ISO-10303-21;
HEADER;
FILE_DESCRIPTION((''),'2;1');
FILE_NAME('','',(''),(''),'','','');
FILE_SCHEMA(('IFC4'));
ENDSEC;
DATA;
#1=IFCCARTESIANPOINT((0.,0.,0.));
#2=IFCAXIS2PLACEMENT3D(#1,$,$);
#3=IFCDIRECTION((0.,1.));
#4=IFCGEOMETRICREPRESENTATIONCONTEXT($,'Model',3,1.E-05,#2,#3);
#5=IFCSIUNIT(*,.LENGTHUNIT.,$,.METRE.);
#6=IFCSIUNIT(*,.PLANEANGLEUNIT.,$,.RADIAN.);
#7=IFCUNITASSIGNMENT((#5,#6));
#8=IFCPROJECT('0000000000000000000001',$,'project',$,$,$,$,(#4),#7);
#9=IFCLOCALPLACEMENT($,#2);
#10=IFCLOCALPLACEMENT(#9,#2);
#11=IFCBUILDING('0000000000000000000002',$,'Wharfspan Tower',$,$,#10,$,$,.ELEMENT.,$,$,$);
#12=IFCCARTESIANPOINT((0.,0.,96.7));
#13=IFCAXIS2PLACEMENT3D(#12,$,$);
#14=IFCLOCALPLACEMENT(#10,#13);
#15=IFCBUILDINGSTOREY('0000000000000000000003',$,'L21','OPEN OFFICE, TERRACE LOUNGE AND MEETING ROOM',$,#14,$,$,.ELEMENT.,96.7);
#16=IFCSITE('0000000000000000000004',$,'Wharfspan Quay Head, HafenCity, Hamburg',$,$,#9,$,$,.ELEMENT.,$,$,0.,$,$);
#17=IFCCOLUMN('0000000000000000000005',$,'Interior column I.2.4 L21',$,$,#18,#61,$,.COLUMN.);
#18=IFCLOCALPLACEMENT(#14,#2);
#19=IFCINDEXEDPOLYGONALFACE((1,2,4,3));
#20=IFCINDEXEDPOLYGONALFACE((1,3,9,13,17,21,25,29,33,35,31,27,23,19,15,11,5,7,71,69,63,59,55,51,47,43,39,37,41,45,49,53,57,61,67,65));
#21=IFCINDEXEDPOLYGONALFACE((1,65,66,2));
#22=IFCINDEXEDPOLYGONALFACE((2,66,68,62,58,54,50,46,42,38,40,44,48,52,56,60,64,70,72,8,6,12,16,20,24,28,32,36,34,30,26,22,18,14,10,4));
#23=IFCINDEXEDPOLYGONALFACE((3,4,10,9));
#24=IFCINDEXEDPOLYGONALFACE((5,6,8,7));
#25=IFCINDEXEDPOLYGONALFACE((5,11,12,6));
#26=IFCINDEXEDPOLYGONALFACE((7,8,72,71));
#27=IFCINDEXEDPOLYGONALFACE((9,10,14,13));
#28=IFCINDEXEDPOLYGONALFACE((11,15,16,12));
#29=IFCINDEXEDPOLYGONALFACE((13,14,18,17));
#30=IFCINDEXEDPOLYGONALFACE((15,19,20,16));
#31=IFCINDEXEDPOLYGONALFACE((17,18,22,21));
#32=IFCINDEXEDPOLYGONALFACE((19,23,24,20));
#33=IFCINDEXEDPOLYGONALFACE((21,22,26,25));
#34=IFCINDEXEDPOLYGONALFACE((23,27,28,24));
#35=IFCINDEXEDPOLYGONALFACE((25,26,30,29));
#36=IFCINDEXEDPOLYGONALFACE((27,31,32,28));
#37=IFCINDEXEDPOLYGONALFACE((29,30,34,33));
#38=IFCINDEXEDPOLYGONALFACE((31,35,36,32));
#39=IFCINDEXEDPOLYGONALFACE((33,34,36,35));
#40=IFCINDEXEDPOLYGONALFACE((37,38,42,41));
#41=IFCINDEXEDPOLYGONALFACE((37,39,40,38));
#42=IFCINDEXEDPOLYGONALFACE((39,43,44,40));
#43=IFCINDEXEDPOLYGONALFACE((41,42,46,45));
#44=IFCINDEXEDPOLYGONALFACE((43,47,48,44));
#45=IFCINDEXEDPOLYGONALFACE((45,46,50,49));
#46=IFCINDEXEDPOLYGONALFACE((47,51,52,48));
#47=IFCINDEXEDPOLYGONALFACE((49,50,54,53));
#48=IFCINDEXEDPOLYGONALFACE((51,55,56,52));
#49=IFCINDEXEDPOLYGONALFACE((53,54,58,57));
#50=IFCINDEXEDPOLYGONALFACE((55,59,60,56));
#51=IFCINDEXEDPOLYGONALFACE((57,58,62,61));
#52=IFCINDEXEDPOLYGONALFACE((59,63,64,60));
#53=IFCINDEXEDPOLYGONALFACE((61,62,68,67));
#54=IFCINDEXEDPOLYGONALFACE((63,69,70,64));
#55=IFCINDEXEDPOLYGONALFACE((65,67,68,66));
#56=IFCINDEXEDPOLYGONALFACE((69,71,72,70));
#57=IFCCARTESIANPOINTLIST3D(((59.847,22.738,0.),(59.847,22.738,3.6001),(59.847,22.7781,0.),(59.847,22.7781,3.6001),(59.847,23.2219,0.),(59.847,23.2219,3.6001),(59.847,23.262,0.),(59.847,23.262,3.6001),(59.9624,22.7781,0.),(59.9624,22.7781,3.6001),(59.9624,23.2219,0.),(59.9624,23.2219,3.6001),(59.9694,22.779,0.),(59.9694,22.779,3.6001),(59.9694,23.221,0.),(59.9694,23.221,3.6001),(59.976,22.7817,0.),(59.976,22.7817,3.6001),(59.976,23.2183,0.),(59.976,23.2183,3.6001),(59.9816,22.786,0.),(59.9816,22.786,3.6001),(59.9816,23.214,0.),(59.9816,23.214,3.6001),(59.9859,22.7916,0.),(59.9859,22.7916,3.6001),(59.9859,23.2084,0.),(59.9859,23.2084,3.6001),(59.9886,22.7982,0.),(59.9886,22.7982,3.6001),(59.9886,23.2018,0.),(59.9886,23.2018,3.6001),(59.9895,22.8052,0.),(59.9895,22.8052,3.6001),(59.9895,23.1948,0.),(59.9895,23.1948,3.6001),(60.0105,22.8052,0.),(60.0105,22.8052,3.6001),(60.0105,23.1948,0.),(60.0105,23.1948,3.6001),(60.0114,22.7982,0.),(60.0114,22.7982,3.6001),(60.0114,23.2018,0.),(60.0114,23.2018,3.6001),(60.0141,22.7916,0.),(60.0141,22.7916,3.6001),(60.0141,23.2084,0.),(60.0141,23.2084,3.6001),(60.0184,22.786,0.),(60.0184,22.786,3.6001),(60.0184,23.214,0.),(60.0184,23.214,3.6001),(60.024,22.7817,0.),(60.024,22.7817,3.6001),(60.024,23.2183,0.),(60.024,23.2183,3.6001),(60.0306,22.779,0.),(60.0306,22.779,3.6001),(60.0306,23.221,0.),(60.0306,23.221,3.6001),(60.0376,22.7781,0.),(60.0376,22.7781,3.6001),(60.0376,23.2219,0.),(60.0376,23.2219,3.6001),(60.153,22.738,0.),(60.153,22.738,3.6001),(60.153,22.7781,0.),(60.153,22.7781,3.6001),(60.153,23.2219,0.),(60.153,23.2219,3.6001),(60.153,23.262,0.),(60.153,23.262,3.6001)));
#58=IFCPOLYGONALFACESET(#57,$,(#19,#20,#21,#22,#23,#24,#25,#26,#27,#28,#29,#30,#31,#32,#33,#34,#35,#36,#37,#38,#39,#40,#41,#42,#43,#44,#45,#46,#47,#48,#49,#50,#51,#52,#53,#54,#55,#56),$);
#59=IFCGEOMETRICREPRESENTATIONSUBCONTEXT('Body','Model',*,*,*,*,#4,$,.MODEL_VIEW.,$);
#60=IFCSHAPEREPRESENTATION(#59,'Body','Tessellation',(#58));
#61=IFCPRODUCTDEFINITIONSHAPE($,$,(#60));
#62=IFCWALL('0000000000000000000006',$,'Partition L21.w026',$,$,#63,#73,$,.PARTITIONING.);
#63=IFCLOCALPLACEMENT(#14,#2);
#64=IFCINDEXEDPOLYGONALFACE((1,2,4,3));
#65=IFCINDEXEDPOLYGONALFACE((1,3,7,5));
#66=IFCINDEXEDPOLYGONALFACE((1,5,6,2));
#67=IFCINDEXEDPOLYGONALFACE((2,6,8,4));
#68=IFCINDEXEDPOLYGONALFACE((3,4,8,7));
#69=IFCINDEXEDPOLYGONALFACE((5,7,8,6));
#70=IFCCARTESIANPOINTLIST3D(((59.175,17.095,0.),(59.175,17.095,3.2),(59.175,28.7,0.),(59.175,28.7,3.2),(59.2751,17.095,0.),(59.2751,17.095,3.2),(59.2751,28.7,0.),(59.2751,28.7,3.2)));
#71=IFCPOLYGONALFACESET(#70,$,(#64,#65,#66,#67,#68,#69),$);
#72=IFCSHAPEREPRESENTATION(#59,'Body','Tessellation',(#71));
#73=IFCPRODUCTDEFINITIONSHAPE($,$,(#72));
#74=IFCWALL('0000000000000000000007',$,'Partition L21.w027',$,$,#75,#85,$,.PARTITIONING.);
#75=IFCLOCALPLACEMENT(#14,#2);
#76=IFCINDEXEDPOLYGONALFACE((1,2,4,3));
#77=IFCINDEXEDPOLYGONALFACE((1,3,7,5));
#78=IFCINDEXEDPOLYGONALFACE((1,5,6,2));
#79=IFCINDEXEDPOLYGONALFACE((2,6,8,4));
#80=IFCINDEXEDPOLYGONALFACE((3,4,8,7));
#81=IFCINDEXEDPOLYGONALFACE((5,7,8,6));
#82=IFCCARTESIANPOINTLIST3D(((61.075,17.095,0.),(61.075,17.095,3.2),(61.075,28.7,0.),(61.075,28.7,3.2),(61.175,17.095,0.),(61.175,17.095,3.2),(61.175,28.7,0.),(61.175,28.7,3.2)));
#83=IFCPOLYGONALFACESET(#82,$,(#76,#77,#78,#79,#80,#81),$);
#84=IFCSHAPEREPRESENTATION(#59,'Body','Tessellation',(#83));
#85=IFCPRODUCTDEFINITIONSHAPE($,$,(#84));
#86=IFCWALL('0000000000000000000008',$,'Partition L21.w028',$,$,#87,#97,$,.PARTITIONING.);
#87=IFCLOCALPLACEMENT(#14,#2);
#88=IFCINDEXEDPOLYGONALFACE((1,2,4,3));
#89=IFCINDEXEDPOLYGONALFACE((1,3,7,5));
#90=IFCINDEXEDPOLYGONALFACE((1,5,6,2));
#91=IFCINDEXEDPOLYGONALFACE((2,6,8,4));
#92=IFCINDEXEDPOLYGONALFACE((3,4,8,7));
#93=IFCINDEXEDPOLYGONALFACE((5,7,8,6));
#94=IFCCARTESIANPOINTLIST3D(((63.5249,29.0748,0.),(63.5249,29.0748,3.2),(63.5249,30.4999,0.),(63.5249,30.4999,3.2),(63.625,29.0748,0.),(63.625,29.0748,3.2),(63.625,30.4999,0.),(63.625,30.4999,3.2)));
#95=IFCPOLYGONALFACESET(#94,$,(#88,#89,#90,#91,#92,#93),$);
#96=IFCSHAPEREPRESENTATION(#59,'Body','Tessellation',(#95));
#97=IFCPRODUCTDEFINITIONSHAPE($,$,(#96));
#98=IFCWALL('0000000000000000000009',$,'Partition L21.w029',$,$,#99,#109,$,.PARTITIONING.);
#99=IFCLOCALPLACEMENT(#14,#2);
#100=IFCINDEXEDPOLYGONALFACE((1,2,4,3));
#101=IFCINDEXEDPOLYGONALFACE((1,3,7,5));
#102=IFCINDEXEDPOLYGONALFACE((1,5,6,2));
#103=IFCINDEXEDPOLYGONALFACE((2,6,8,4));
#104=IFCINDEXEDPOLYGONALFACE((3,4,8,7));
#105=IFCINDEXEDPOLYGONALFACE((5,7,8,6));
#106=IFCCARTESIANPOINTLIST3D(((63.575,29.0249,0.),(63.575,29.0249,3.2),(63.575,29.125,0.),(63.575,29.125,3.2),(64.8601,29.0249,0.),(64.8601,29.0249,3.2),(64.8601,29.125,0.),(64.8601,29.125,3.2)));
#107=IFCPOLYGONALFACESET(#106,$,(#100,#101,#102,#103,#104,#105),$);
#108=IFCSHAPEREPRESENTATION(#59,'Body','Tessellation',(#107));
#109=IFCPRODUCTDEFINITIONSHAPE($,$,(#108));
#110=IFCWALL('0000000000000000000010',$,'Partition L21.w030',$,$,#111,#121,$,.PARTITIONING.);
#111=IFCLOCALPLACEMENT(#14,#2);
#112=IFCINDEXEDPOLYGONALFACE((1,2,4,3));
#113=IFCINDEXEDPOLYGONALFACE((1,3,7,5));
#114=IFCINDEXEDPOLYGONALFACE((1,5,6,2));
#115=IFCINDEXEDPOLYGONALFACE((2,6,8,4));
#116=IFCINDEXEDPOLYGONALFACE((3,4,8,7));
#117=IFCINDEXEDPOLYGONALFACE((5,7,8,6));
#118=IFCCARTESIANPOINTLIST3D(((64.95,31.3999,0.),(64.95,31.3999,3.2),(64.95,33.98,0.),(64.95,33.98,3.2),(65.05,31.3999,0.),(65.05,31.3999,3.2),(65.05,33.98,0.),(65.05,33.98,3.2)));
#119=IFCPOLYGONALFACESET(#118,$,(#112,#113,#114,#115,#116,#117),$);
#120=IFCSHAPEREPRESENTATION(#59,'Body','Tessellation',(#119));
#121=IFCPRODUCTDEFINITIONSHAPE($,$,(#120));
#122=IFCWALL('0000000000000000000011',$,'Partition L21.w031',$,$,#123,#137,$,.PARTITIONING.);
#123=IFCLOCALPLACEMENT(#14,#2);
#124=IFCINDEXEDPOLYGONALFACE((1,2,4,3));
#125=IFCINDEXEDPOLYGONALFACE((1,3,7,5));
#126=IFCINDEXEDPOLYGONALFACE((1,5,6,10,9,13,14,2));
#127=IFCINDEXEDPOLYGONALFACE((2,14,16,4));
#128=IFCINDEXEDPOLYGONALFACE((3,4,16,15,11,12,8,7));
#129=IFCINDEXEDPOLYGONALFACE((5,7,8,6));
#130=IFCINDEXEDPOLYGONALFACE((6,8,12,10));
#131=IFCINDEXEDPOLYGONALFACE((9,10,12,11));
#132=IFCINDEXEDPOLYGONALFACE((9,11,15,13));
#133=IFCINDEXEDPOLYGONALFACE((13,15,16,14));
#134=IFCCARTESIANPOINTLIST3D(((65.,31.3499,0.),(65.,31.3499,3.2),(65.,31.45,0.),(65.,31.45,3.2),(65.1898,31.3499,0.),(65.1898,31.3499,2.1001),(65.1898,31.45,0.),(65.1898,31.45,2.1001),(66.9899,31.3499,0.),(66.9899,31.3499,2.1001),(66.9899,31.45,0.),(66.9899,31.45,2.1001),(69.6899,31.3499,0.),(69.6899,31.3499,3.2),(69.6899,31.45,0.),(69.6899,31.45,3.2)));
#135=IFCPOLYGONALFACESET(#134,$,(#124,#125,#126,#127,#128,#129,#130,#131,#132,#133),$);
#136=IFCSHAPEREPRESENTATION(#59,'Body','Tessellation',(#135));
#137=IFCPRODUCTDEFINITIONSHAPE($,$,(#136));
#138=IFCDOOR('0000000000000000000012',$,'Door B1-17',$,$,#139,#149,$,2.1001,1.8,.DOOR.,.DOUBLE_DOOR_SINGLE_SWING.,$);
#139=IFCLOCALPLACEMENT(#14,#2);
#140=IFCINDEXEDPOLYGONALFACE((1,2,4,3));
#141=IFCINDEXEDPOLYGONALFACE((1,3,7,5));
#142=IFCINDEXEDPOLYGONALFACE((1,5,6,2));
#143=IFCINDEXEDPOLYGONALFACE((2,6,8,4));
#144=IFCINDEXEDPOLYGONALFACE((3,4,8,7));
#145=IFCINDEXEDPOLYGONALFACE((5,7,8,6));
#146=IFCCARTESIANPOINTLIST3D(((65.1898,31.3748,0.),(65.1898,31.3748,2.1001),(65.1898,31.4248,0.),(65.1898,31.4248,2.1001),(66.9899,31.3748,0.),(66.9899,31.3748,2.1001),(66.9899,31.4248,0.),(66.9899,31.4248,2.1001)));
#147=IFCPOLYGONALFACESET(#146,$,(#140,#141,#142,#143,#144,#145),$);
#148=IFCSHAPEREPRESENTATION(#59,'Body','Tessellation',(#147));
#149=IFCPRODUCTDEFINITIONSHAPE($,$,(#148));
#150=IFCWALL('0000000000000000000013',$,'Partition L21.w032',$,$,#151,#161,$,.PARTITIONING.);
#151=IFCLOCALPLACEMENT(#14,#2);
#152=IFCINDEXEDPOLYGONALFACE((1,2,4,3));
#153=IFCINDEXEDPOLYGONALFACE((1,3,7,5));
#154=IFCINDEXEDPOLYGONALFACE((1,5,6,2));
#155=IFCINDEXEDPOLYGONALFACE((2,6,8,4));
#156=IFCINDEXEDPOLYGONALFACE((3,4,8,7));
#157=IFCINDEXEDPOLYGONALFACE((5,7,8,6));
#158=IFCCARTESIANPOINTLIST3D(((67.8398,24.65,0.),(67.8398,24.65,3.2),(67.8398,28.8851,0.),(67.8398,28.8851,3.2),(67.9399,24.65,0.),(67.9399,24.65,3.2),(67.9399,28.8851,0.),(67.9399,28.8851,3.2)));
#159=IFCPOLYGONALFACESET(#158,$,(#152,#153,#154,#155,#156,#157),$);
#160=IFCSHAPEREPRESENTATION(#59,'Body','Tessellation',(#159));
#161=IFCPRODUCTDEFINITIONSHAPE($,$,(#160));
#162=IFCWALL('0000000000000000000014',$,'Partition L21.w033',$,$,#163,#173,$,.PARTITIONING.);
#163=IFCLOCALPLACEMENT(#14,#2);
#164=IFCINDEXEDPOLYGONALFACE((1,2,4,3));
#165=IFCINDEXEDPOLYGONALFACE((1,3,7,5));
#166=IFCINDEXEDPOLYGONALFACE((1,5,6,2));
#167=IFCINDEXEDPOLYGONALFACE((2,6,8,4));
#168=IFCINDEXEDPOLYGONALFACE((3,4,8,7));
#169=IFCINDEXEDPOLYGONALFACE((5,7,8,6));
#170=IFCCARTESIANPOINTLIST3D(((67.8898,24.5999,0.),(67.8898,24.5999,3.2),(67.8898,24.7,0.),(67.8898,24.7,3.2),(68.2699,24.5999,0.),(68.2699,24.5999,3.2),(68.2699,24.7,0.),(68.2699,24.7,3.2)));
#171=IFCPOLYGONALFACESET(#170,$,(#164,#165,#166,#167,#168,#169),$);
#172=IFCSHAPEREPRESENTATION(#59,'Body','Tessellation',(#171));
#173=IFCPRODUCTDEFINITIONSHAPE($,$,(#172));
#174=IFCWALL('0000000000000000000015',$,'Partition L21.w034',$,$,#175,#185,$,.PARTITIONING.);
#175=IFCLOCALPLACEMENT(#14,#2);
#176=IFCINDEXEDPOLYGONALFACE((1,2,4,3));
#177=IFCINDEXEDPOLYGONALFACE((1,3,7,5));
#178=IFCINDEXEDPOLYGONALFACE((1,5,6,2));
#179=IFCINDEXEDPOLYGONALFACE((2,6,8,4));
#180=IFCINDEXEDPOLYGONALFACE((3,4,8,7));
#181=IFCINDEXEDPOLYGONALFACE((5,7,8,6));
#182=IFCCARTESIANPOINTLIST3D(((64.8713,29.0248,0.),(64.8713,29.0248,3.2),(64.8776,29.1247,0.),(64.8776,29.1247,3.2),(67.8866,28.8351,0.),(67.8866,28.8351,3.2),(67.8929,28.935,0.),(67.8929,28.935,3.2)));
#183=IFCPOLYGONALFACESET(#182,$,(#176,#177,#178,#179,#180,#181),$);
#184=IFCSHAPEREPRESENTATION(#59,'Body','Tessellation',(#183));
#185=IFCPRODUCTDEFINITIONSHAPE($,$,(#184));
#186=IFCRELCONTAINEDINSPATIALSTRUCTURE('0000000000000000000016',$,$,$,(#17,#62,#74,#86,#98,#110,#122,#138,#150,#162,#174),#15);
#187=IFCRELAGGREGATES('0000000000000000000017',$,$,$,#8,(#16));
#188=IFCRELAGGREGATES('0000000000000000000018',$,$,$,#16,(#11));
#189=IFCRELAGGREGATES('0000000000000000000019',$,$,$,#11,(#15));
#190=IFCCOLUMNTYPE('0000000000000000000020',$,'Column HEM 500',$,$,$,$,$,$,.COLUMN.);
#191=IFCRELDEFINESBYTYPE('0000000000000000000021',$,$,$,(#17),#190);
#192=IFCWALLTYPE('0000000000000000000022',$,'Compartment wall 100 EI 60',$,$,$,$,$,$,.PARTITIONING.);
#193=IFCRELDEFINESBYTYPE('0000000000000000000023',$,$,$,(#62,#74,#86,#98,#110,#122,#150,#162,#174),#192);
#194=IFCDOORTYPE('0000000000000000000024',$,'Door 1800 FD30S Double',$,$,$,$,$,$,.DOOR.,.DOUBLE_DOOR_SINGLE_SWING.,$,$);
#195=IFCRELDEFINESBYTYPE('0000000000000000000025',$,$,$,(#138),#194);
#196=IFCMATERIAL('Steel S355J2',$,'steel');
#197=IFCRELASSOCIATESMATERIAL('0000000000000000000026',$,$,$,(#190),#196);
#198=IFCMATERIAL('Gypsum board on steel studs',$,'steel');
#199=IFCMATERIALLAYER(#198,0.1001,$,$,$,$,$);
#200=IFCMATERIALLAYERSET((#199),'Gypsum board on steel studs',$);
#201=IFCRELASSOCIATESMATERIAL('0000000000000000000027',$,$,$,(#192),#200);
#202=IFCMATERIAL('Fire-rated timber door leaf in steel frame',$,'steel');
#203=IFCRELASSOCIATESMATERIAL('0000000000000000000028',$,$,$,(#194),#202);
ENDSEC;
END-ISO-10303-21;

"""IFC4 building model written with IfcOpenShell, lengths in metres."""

from ifc_helpers import new_model, si_unit, direction, frame, frame_2d, origin, origin_2d, place, context, subcontext, project, spatial, rectangle, i_section, extrude, material, layer, layer_set, material_profile, profile_set, type_object, element, fill, save


model = new_model("IFC4")

# Units and contexts
model_context = context("Model", 3, precision=1e-05, world=origin(), true_north=direction((0.0, 1.0)))
body_context = subcontext(model_context, "Body", "Model", "MODEL_VIEW")
ifc_project = project(units=[si_unit("LENGTHUNIT", "METRE"), si_unit("PLANEANGLEUNIT", "RADIAN")], contexts=[model_context])

# Site, building, storey
site_placement = place(None, origin())
site = spatial("IfcSite", under=ifc_project, at=site_placement, Name="Wharfspan Quay Head, HafenCity, Hamburg", CompositionType="ELEMENT", RefElevation=0.0)
building_placement = place(site_placement, origin())
building = spatial("IfcBuilding", under=site, at=building_placement, Name="Wharfspan Tower", CompositionType="ELEMENT")
storey_placement = place(building_placement, frame((0.0, 0.0, 96.7)))
storey = spatial("IfcBuildingStorey", under=building, at=storey_placement, Name="L21", Description="OPEN OFFICE, TERRACE LOUNGE AND MEETING ROOM", CompositionType="ELEMENT", Elevation=96.7)

# Column
ifc_material_1 = material(Name="Steel S355J2", Category="steel")
ifc_material_profile = material_profile(ifc_material_1, i_section(OverallWidth=0.3059, OverallDepth=0.5239, WebThickness=0.021, FlangeThickness=0.04, FilletRadius=0.0271, at=origin_2d()))
ifc_profile_set = profile_set([ifc_material_profile], Name="Steel S355J2")
column_type = type_object("IfcColumnType", Name="Column HEM 500", PredefinedType="COLUMN", material=ifc_profile_set)
column_placement = place(storey_placement, frame((60.0, 23.0, 0.0), z_axis=(0.0, 0.0, 1.0), x_axis=(1.0, 0.0, 0.0)))
element("IfcColumn", 1, at=column_placement, inside=storey, type_object=column_type, Name="Interior column I.2.4 L21", PredefinedType="COLUMN", context=body_context, shape_type="SweptSolid", body=[
    extrude(i_section(OverallWidth=0.3059, OverallDepth=0.5239, WebThickness=0.021, FlangeThickness=0.04, FilletRadius=0.0271, at=origin_2d()), origin(), (0.0, 0.0, 1.0), 3.6001),
])

# Walls
ifc_material_2 = material(Name="Gypsum board on steel studs", Category="steel")
ifc_layer_1 = layer(ifc_material_2, 0.1001)
ifc_layer_set_1 = layer_set([ifc_layer_1], Name="Gypsum board on steel studs")
wall_type_1 = type_object("IfcWallType", Name="Compartment wall 100 EI 60", PredefinedType="PARTITIONING", material=ifc_layer_set_1)
for number, where, z_axis, x_axis, name in (
    (2, (59.2251, 17.095, 0.0), (0.0, 0.0, 1.0), (0.0, 1.0, 0.0), "Partition L21.w026"),
    (3, (61.125, 17.095, 0.0), (0.0, 0.0, 1.0), (0.0, 1.0, 0.0), "Partition L21.w027"),
):
    element("IfcWall", number, at=place(storey_placement, frame(where, z_axis=z_axis, x_axis=x_axis)), inside=storey, type_object=wall_type_1, Name=name, PredefinedType="PARTITIONING", context=body_context, shape_type="SweptSolid", body=[
        extrude(rectangle(XDim=11.605, YDim=0.1001, at=frame_2d((5.8025, 0.0))), origin(), (0.0, 0.0, 1.0), 3.2),
    ])
wall_1_placement = place(storey_placement, frame((63.575, 29.075, 0.0), z_axis=(0.0, 0.0, 1.0), x_axis=(0.0, 1.0, 0.0)))
element("IfcWall", 4, at=wall_1_placement, inside=storey, type_object=wall_type_1, Name="Partition L21.w028", PredefinedType="PARTITIONING", context=body_context, shape_type="SweptSolid", body=[
    extrude(rectangle(XDim=1.425, YDim=0.1001, at=frame_2d((0.7124, 0.0))), origin(), (0.0, 0.0, 1.0), 3.2),
])
wall_2_placement = place(storey_placement, frame((63.575, 29.075, 0.0), z_axis=(0.0, 0.0, 1.0), x_axis=(1.0, 0.0, 0.0)))
element("IfcWall", 5, at=wall_2_placement, inside=storey, type_object=wall_type_1, Name="Partition L21.w029", PredefinedType="PARTITIONING", context=body_context, shape_type="SweptSolid", body=[
    extrude(rectangle(XDim=1.2852, YDim=0.1001, at=frame_2d((0.6426, 0.0))), origin(), (0.0, 0.0, 1.0), 3.2),
])
wall_3_placement = place(storey_placement, frame((65.0, 31.3999, 0.0), z_axis=(0.0, 0.0, 1.0), x_axis=(0.0, 1.0, 0.0)))
element("IfcWall", 6, at=wall_3_placement, inside=storey, type_object=wall_type_1, Name="Partition L21.w030", PredefinedType="PARTITIONING", context=body_context, shape_type="SweptSolid", body=[
    extrude(rectangle(XDim=2.5801, YDim=0.1001, at=frame_2d((1.29, 0.0))), origin(), (0.0, 0.0, 1.0), 3.2),
])

# Wall, opening, door
wall_4_placement = place(storey_placement, frame((65.0, 31.3999, 0.0), z_axis=(0.0, 0.0, 1.0), x_axis=(1.0, 0.0, 0.0)))
wall_4 = element("IfcWall", 7, at=wall_4_placement, inside=storey, type_object=wall_type_1, Name="Partition L21.w031", PredefinedType="PARTITIONING", context=body_context, shape_type="SweptSolid", body=[
    extrude(rectangle(XDim=4.6899, YDim=0.1001, at=frame_2d((2.345, 0.0))), origin(), (0.0, 0.0, 1.0), 3.2),
])
opening_1_placement = place(wall_4_placement, frame((0.1899, 0.0, 0.0)))
opening_1 = element("IfcOpeningElement", 8, at=opening_1_placement, cuts=wall_4, PredefinedType="OPENING", context=body_context, shape_type="SweptSolid", body=[
    extrude(rectangle(XDim=1.8, YDim=2.1001, at=frame_2d((0.8999, 1.05))), frame((0.0, 0.0601, 0.0), z_axis=(0.0, -1.0, 0.0), x_axis=(1.0, 0.0, 0.0)), (0.0, 0.0, 1.0), 0.1201),
])
ifc_material_3 = material(Name="Fire-rated timber door leaf in steel frame", Category="steel")
door_type_1 = type_object("IfcDoorType", Name="Door 1800 FD30S Double", OperationType="DOUBLE_DOOR_SINGLE_SWING", PredefinedType="DOOR", material=ifc_material_3)
door_1_placement = place(opening_1_placement, origin())
door_1 = element("IfcDoor", 9, at=door_1_placement, inside=storey, type_object=door_type_1, Name="Door B1-17", OperationType="DOUBLE_DOOR_SINGLE_SWING", OverallHeight=2.1001, OverallWidth=1.8, PredefinedType="DOOR", context=body_context, shape_type="SweptSolid", body=[
    extrude(rectangle(XDim=1.8, YDim=2.1001, at=frame_2d((0.8999, 1.05))), frame((0.0, 0.0249, 0.0), z_axis=(0.0, -1.0, 0.0), x_axis=(1.0, 0.0, 0.0)), (0.0, 0.0, 1.0), 0.05),
])
fill(opening_1, door_1)

# Walls
wall_5_placement = place(storey_placement, frame((67.8899, 24.6499, 0.0), z_axis=(0.0, 0.0, 1.0), x_axis=(0.0, 1.0, 0.0)))
element("IfcWall", 10, at=wall_5_placement, inside=storey, type_object=wall_type_1, Name="Partition L21.w032", PredefinedType="PARTITIONING", context=body_context, shape_type="SweptSolid", body=[
    extrude(rectangle(XDim=4.2351, YDim=0.1001, at=frame_2d((2.1177, 0.0))), origin(), (0.0, 0.0, 1.0), 3.2),
])
wall_6_placement = place(storey_placement, frame((67.8899, 24.6499, 0.0), z_axis=(0.0, 0.0, 1.0), x_axis=(1.0, 0.0, 0.0)))
element("IfcWall", 11, at=wall_6_placement, inside=storey, type_object=wall_type_1, Name="Partition L21.w033", PredefinedType="PARTITIONING", context=body_context, shape_type="SweptSolid", body=[
    extrude(rectangle(XDim=0.3801, YDim=0.1001, at=frame_2d((0.1899, 0.0))), origin(), (0.0, 0.0, 1.0), 3.2),
])
wall_7_placement = place(storey_placement, frame((67.8899, 28.885, 0.0), z_axis=(0.0, 0.0, 1.0), x_axis=(-0.998031, 0.062786, 0.0)))
element("IfcWall", 12, at=wall_7_placement, inside=storey, type_object=wall_type_1, Name="Partition L21.w034", PredefinedType="PARTITIONING", context=body_context, shape_type="SweptSolid", body=[
    extrude(rectangle(XDim=3.0212, YDim=0.1001, at=frame_2d((1.5107, 0.0))), origin(), (0.0, 0.0, 1.0), 3.2),
])

save(model, "model.ifc")
